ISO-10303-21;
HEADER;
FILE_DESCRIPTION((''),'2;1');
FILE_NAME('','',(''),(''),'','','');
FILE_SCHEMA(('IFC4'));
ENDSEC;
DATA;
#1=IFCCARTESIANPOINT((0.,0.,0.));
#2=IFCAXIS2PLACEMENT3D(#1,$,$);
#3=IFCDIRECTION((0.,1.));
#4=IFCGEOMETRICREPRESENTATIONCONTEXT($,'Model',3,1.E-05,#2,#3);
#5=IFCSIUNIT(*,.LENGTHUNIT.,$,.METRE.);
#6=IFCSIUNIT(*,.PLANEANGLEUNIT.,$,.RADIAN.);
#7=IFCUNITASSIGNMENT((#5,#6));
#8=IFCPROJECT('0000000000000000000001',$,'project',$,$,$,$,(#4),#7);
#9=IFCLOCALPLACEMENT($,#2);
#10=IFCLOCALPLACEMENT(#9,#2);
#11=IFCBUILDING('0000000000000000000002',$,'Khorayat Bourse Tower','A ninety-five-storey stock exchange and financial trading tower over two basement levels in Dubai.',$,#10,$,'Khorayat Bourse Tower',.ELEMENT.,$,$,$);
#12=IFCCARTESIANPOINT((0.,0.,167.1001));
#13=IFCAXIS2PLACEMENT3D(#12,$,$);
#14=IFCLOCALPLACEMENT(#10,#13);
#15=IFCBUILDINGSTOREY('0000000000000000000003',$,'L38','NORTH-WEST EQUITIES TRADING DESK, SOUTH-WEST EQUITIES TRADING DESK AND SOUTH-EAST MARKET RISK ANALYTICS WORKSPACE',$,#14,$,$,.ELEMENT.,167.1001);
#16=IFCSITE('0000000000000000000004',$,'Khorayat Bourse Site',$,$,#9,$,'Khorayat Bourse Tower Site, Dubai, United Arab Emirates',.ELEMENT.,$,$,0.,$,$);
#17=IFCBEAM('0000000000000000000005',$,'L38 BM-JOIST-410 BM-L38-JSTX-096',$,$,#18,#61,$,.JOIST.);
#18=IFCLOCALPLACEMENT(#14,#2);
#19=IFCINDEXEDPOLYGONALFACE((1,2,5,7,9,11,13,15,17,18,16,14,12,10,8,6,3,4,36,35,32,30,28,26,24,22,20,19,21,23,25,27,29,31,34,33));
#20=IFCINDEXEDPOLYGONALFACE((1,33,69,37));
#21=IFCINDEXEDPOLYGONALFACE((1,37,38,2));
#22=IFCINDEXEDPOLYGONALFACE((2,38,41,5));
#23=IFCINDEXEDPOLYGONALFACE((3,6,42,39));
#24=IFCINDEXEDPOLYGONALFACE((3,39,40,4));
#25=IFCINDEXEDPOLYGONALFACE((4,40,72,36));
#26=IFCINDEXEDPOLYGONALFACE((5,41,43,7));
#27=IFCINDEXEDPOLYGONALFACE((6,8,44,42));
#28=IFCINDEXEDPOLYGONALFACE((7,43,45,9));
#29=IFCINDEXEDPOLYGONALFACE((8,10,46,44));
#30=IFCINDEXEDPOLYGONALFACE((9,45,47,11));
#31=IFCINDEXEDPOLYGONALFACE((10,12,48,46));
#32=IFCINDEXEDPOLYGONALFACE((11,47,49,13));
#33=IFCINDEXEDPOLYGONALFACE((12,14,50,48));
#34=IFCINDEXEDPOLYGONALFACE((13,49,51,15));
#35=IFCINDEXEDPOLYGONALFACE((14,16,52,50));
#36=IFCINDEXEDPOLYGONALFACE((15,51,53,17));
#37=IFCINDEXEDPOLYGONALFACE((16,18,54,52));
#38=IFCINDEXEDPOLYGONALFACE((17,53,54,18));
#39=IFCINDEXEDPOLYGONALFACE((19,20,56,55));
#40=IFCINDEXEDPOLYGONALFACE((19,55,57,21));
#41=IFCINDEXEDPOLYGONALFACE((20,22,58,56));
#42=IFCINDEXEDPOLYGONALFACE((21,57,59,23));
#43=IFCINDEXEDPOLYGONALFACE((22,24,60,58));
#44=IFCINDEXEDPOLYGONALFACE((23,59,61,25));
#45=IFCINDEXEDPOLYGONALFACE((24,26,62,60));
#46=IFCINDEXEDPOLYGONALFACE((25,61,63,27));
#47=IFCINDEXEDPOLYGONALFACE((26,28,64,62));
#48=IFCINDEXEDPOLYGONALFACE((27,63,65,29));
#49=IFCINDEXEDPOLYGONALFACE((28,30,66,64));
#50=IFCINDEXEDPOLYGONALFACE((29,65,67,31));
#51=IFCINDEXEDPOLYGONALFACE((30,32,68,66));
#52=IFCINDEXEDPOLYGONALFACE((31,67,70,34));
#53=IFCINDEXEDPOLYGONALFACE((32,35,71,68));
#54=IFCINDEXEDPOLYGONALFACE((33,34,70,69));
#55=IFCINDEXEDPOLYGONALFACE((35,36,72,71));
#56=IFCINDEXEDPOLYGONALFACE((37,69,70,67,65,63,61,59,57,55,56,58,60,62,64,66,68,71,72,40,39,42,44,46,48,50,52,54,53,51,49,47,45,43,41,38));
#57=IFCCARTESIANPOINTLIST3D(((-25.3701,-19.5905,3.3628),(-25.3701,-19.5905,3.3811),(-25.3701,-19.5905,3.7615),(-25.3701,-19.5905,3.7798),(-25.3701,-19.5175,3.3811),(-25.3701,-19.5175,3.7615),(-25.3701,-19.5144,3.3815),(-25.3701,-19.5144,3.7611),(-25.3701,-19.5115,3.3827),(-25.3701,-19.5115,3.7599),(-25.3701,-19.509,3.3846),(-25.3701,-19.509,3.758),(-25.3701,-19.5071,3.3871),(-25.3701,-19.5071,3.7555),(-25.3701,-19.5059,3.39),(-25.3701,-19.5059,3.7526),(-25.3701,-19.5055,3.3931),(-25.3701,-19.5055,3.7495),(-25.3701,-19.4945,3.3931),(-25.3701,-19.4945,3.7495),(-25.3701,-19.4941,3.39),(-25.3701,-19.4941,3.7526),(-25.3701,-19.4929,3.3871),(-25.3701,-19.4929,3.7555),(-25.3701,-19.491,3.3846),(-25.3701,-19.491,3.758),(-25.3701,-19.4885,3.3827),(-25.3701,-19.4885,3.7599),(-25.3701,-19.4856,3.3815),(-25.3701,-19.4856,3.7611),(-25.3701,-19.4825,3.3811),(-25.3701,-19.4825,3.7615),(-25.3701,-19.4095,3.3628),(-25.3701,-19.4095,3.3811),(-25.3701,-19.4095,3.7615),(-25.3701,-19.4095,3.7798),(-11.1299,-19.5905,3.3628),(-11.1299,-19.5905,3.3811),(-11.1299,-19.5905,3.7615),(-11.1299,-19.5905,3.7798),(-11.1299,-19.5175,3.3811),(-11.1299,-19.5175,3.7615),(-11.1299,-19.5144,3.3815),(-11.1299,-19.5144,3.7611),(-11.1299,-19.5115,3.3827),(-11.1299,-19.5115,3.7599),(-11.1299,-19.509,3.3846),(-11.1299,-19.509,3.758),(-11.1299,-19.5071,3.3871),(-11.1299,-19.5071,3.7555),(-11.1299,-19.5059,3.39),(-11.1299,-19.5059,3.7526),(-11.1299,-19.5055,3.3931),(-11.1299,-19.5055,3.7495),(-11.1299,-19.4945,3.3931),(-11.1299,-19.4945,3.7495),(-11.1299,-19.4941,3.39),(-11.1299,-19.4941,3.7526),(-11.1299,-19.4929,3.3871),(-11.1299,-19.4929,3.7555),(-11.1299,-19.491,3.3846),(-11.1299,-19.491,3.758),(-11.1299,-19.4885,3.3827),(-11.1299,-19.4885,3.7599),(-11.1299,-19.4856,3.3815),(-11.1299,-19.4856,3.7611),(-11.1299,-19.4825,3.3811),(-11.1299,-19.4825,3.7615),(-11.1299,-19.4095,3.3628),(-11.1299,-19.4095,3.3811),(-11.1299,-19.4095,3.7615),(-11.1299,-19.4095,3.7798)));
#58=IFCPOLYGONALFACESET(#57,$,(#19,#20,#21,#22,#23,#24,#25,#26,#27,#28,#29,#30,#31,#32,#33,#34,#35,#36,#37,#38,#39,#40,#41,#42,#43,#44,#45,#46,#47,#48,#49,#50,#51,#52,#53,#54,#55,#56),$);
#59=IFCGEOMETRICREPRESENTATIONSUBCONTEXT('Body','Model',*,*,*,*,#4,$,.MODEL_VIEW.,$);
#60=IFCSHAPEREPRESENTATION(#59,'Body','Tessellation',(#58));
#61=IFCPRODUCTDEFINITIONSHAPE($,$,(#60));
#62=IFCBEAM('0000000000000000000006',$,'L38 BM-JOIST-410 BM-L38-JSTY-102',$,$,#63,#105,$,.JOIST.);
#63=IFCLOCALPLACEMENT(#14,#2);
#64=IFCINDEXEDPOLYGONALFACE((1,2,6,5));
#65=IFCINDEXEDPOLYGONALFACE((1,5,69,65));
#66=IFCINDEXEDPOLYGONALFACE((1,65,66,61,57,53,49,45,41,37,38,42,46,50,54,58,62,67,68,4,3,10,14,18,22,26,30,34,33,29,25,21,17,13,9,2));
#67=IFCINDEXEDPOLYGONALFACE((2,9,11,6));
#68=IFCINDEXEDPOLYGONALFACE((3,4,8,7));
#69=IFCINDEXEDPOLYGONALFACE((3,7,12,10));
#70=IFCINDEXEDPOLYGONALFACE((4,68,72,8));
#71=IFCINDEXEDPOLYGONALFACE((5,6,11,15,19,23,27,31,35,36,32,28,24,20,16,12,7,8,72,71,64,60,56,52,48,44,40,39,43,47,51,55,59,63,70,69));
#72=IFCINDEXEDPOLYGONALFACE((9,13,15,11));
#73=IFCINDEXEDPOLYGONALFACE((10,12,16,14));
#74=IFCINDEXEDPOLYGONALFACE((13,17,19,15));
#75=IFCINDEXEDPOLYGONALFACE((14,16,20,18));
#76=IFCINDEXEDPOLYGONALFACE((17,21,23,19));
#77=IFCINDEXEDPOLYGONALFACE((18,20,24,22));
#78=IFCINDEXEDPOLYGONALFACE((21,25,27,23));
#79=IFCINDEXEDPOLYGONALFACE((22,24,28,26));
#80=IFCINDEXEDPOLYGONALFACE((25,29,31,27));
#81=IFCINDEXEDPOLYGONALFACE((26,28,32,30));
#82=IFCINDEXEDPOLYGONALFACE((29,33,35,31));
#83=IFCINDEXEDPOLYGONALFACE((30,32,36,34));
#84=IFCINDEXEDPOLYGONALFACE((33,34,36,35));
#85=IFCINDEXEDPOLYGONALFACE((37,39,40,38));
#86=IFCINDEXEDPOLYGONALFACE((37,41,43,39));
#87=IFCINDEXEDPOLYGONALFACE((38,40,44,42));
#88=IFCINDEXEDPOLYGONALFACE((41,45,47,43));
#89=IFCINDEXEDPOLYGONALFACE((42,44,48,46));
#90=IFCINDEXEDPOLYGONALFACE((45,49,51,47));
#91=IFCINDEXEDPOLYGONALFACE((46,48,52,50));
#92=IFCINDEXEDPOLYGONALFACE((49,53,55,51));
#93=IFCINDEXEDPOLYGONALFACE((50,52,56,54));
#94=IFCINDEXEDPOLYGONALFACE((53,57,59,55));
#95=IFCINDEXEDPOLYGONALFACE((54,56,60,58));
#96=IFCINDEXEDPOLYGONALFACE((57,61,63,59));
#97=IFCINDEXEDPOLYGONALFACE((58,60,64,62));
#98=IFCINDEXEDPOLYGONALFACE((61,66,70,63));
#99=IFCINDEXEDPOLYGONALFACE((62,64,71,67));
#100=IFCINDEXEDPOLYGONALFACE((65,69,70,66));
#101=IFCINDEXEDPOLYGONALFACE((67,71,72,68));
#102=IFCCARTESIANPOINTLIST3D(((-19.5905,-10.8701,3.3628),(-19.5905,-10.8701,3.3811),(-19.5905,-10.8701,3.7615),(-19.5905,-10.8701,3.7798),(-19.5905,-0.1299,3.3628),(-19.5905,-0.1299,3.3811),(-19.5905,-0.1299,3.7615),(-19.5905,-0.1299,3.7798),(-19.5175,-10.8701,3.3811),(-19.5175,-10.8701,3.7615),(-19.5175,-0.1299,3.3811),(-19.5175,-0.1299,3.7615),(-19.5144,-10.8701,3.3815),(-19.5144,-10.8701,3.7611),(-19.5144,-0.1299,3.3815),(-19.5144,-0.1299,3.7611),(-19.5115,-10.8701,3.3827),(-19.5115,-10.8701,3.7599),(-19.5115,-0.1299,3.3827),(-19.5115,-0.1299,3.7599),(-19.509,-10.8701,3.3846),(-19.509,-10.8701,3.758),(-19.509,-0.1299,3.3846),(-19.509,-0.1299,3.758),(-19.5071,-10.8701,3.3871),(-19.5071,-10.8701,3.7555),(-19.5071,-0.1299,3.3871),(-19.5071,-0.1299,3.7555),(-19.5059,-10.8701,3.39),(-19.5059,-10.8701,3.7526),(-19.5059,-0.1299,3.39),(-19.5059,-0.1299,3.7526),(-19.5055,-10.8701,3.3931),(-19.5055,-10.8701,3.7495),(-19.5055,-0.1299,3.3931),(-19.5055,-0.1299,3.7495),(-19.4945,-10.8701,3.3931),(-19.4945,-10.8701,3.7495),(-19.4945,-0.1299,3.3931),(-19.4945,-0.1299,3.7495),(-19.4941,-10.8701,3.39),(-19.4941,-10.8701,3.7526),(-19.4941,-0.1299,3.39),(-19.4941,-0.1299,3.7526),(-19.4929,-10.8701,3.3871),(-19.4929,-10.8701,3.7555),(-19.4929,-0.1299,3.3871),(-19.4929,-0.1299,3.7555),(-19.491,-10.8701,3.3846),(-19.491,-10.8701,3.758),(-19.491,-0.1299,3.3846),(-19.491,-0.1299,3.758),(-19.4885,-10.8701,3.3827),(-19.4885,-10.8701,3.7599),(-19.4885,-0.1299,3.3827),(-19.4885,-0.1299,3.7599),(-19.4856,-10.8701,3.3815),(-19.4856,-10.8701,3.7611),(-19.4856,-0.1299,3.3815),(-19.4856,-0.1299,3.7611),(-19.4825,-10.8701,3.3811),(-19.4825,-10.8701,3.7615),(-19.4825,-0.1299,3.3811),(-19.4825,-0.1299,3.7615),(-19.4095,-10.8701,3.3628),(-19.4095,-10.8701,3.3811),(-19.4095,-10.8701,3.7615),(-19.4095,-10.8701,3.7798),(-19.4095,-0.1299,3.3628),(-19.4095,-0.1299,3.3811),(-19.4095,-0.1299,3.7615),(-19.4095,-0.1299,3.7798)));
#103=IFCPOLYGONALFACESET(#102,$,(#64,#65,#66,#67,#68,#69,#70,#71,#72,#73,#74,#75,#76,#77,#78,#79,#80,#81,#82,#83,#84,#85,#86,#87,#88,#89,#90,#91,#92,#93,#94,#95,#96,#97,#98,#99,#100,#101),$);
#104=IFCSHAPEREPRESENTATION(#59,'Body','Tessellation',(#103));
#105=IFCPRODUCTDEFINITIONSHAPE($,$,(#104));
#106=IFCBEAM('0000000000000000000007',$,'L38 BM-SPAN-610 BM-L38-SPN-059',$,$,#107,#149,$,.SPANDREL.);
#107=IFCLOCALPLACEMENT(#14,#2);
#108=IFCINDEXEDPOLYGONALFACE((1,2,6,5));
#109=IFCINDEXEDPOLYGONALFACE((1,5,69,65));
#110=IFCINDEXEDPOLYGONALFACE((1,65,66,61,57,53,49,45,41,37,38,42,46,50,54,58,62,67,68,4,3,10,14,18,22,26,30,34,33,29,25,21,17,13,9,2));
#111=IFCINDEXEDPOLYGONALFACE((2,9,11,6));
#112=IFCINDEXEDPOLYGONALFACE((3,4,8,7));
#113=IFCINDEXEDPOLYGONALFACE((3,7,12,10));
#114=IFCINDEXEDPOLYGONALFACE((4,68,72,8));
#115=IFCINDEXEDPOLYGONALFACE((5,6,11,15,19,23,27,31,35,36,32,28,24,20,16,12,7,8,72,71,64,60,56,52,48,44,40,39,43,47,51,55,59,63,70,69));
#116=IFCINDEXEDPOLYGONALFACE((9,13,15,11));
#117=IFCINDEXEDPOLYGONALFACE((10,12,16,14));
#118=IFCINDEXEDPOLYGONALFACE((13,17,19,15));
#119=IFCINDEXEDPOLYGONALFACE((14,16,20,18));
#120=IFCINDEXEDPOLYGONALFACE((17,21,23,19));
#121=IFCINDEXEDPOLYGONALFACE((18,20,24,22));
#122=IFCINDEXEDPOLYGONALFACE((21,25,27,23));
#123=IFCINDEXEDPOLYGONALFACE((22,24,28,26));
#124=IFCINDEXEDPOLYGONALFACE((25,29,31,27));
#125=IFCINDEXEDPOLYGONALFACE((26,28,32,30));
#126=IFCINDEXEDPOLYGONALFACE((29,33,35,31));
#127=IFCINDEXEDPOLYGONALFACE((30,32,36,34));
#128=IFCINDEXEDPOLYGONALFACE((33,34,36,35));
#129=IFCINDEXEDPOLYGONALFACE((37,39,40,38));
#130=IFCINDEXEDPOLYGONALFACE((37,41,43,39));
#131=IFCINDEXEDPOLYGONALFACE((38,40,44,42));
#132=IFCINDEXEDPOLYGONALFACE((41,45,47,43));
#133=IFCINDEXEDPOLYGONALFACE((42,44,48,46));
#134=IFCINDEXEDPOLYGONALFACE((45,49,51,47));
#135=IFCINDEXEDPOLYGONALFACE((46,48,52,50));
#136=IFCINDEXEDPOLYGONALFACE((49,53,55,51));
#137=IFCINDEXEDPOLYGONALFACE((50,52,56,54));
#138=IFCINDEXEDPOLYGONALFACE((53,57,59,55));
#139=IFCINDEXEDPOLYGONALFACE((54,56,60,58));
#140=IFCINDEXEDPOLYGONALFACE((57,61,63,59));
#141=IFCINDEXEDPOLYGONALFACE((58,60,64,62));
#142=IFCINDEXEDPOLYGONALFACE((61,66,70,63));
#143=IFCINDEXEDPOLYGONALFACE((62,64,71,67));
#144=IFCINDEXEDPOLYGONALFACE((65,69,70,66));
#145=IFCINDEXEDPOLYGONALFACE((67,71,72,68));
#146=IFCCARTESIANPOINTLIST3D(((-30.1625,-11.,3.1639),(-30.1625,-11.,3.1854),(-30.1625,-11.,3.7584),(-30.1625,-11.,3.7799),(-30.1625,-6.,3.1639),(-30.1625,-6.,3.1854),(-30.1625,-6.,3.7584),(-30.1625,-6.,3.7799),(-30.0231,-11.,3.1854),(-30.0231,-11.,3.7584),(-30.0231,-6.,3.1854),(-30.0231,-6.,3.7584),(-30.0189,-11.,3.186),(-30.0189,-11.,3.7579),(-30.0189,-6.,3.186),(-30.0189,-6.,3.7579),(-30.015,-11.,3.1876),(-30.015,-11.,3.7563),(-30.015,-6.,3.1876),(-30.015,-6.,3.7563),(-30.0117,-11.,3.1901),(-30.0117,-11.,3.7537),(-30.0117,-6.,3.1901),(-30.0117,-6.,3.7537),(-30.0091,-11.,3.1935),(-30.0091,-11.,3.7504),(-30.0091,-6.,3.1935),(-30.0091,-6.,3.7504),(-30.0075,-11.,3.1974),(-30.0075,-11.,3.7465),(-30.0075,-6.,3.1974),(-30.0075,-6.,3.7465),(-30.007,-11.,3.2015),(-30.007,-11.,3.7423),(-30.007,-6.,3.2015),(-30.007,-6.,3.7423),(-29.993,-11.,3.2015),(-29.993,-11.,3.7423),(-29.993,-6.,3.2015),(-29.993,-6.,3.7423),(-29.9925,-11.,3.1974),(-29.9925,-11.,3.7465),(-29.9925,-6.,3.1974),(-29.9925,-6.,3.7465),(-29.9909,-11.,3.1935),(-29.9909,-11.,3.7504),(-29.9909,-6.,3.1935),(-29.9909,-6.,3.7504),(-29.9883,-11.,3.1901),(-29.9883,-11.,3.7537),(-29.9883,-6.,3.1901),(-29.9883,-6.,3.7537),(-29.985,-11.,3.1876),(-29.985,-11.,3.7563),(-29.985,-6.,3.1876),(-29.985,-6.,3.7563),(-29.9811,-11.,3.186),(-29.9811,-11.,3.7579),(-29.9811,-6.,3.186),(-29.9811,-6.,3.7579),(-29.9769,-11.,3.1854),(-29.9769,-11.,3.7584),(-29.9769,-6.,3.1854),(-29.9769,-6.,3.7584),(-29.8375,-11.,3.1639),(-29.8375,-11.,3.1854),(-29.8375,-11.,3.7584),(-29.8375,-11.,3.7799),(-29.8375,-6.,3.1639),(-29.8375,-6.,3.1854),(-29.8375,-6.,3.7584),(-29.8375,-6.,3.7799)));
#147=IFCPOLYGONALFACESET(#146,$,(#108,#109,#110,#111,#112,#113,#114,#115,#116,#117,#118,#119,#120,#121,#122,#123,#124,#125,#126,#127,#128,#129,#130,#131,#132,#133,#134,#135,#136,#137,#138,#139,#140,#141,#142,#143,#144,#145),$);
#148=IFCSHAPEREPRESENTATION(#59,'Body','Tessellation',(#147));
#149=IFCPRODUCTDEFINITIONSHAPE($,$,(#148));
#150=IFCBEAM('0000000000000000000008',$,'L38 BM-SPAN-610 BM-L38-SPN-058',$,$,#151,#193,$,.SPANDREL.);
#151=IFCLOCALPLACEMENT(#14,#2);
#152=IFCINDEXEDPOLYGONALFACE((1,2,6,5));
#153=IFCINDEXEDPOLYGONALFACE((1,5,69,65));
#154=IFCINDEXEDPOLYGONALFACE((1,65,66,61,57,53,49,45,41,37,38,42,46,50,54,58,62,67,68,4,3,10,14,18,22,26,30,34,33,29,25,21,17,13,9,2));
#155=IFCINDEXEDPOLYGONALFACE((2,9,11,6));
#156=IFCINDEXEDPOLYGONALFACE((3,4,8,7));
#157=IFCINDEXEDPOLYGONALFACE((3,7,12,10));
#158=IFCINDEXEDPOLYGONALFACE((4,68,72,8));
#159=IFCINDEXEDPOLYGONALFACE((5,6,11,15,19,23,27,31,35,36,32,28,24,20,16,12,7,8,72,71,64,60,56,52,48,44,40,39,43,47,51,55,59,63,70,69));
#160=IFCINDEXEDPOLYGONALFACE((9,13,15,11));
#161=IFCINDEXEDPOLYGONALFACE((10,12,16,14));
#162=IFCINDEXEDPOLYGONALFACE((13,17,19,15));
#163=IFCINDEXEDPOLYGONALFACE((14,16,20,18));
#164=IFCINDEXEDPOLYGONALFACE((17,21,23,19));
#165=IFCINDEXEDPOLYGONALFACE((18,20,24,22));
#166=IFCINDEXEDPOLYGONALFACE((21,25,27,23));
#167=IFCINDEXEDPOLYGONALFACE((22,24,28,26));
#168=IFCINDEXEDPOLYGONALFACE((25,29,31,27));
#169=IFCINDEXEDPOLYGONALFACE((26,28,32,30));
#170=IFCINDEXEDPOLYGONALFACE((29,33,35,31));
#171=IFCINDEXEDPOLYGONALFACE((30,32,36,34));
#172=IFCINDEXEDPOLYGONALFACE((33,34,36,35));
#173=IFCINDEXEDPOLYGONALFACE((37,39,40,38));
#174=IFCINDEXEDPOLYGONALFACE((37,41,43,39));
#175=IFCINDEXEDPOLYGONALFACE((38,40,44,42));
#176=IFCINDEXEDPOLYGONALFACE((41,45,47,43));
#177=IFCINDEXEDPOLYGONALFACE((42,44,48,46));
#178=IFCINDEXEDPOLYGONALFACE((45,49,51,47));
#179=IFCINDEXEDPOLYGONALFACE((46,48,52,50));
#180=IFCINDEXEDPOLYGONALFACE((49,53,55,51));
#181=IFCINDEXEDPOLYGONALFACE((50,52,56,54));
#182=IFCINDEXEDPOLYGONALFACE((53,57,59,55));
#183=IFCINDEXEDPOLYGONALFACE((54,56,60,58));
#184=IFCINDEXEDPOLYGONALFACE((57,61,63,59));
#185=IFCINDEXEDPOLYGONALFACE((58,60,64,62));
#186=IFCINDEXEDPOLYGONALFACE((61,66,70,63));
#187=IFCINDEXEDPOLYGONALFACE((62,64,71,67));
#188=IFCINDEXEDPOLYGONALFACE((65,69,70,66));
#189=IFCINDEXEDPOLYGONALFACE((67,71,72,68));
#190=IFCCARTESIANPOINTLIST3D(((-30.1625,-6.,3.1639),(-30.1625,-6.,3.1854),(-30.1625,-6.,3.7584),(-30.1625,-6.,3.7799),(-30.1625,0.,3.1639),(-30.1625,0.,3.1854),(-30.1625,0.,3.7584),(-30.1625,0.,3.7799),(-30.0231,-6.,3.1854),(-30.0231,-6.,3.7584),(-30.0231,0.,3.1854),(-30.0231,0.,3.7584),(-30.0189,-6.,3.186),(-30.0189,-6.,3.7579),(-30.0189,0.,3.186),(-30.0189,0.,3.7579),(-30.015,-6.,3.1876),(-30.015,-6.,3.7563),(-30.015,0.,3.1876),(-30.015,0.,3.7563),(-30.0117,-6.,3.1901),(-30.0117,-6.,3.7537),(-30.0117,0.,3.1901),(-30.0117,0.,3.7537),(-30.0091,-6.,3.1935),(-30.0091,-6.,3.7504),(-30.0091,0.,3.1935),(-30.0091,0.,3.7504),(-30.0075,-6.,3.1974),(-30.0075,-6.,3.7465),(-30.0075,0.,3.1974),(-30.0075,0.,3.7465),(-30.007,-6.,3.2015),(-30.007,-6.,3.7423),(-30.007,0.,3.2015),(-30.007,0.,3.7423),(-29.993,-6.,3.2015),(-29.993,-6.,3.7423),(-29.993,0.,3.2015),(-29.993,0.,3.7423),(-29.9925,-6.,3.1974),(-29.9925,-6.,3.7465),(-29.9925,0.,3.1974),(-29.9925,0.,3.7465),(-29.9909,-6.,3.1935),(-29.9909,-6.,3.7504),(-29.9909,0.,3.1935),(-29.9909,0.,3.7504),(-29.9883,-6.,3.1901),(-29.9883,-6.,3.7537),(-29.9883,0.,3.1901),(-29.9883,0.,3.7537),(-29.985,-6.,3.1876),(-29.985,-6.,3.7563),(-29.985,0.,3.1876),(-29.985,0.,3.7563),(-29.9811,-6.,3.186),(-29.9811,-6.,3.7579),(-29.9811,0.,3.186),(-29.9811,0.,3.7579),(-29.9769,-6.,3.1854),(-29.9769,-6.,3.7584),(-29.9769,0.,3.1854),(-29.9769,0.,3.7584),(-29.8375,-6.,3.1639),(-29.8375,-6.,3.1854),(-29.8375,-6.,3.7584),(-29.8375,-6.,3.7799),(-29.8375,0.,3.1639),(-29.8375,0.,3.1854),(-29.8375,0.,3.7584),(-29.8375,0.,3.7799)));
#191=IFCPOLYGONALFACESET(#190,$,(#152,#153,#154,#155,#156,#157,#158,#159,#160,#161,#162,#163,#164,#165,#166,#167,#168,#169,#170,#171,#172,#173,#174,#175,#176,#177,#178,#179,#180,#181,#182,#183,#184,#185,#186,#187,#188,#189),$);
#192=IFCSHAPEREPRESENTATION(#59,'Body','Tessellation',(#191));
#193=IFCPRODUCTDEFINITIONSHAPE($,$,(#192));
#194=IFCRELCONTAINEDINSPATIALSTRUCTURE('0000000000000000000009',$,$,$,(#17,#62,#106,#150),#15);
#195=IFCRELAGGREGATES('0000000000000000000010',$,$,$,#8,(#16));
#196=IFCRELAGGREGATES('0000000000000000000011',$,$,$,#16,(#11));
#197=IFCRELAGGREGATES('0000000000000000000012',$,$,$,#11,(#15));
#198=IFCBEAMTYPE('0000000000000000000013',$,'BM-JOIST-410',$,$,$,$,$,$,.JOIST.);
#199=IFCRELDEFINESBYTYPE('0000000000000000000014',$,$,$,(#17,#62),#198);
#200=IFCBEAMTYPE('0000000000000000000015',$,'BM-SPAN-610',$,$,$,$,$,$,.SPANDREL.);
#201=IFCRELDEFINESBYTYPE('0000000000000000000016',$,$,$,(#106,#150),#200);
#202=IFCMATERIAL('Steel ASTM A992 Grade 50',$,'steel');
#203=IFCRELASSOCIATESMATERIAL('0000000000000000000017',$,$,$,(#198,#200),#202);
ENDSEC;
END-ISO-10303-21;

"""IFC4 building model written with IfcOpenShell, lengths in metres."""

from ifc_helpers import new_model, si_unit, direction, frame, origin, origin_2d, place, context, subcontext, project, spatial, i_section, extrude, source, transform, mapped, material, material_profile, profile_set, type_object, element, save


model = new_model("IFC4")

# Units and contexts
model_context = context("Model", 3, precision=1e-05, world=origin(), true_north=direction((0.0, 1.0)))
body_context = subcontext(model_context, "Body", "Model", "MODEL_VIEW")
ifc_project = project(units=[si_unit("LENGTHUNIT", "METRE"), si_unit("PLANEANGLEUNIT", "RADIAN")], contexts=[model_context])

# Site, building, storey
site_placement = place(None, origin())
site = spatial("IfcSite", under=ifc_project, at=site_placement, Name="Khorayat Bourse Site", LongName="Khorayat Bourse Tower Site, Dubai, United Arab Emirates", CompositionType="ELEMENT", RefElevation=0.0)
building_placement = place(site_placement, origin())
building = spatial("IfcBuilding", under=site, at=building_placement, Name="Khorayat Bourse Tower", Description="A ninety-five-storey stock exchange and financial trading tower over two basement levels in Dubai.", LongName="Khorayat Bourse Tower", CompositionType="ELEMENT")
storey_placement = place(building_placement, frame((0.0, 0.0, 167.1001)))
storey = spatial("IfcBuildingStorey", under=building, at=storey_placement, Name="L38", Description="NORTH-WEST EQUITIES TRADING DESK, SOUTH-WEST EQUITIES TRADING DESK AND SOUTH-EAST MARKET RISK ANALYTICS WORKSPACE", CompositionType="ELEMENT", Elevation=167.1001)

# Beams
ifc_material_1 = material(Name="Steel ASTM A992 Grade 50", Category="steel")
ifc_material_profile_1 = material_profile(ifc_material_1, i_section(OverallWidth=0.1809, OverallDepth=0.417, WebThickness=0.011, FlangeThickness=0.0183, FilletRadius=0.012, at=origin_2d()), Name="W410X85")
ifc_profile_set_1 = profile_set([ifc_material_profile_1], Name="Steel ASTM A992 Grade 50")
beam_type_1 = type_object("IfcBeamType", Name="BM-JOIST-410", PredefinedType="JOIST", material=ifc_profile_set_1)
shared_shape_1 = source(origin(), body_context, "Body", "SweptSolid", [
    extrude(i_section(OverallWidth=0.1809, OverallDepth=0.417, WebThickness=0.011, FlangeThickness=0.0183, FilletRadius=0.012, at=origin_2d()), origin(), (0.0, 0.0, 1.0), 14.2402),
])
beam_1_placement = place(storey_placement, frame((-25.3701, -19.5, 3.5713), z_axis=(1.0, 0.0, 0.0), x_axis=(0.0, 1.0, 0.0)))
element("IfcBeam", 1, at=beam_1_placement, inside=storey, type_object=beam_type_1, Name="L38 BM-JOIST-410 BM-L38-JSTX-096", PredefinedType="JOIST", context=body_context, shape_type="MappedRepresentation", body=[
    mapped(shared_shape_1, transform((0.0, 0.0, 0.0), scale=1.0)),
])
shared_shape_2 = source(origin(), body_context, "Body", "SweptSolid", [
    extrude(i_section(OverallWidth=0.1809, OverallDepth=0.417, WebThickness=0.011, FlangeThickness=0.0183, FilletRadius=0.012, at=origin_2d()), origin(), (0.0, 0.0, 1.0), 10.7402),
])
beam_2_placement = place(storey_placement, frame((-19.5, -10.8701, 3.5713), z_axis=(0.0, 1.0, 0.0), x_axis=(-1.0, 0.0, 0.0)))
element("IfcBeam", 2, at=beam_2_placement, inside=storey, type_object=beam_type_1, Name="L38 BM-JOIST-410 BM-L38-JSTY-102", PredefinedType="JOIST", context=body_context, shape_type="MappedRepresentation", body=[
    mapped(shared_shape_2, transform((0.0, 0.0, 0.0), scale=1.0)),
])
ifc_material_profile_2 = material_profile(ifc_material_1, i_section(OverallWidth=0.325, OverallDepth=0.616, WebThickness=0.0139, FlangeThickness=0.0215, FilletRadius=0.0161, at=origin_2d()), Name="W610X174")
ifc_profile_set_2 = profile_set([ifc_material_profile_2], Name="Steel ASTM A992 Grade 50")
beam_type_2 = type_object("IfcBeamType", Name="BM-SPAN-610", PredefinedType="SPANDREL", material=ifc_profile_set_2)
shared_shape_3 = source(origin(), body_context, "Body", "SweptSolid", [
    extrude(i_section(OverallWidth=0.325, OverallDepth=0.616, WebThickness=0.0139, FlangeThickness=0.0215, FilletRadius=0.0161, at=origin_2d()), origin(), (0.0, 0.0, 1.0), 5.0),
])
beam_3_placement = place(storey_placement, frame((-30.0, -11.0, 3.4719), z_axis=(0.0, 1.0, 0.0), x_axis=(-1.0, 0.0, 0.0)))
element("IfcBeam", 3, at=beam_3_placement, inside=storey, type_object=beam_type_2, Name="L38 BM-SPAN-610 BM-L38-SPN-059", PredefinedType="SPANDREL", context=body_context, shape_type="MappedRepresentation", body=[
    mapped(shared_shape_3, transform((0.0, 0.0, 0.0), scale=1.0)),
])
shared_shape_4 = source(origin(), body_context, "Body", "SweptSolid", [
    extrude(i_section(OverallWidth=0.325, OverallDepth=0.616, WebThickness=0.0139, FlangeThickness=0.0215, FilletRadius=0.0161, at=origin_2d()), origin(), (0.0, 0.0, 1.0), 6.0),
])
beam_4_placement = place(storey_placement, frame((-30.0, -6.0, 3.4719), z_axis=(0.0, 1.0, 0.0), x_axis=(-1.0, 0.0, 0.0)))
element("IfcBeam", 4, at=beam_4_placement, inside=storey, type_object=beam_type_2, Name="L38 BM-SPAN-610 BM-L38-SPN-058", PredefinedType="SPANDREL", context=body_context, shape_type="MappedRepresentation", body=[
    mapped(shared_shape_4, transform((0.0, 0.0, 0.0), scale=1.0)),
])

save(model, "model.ifc")
